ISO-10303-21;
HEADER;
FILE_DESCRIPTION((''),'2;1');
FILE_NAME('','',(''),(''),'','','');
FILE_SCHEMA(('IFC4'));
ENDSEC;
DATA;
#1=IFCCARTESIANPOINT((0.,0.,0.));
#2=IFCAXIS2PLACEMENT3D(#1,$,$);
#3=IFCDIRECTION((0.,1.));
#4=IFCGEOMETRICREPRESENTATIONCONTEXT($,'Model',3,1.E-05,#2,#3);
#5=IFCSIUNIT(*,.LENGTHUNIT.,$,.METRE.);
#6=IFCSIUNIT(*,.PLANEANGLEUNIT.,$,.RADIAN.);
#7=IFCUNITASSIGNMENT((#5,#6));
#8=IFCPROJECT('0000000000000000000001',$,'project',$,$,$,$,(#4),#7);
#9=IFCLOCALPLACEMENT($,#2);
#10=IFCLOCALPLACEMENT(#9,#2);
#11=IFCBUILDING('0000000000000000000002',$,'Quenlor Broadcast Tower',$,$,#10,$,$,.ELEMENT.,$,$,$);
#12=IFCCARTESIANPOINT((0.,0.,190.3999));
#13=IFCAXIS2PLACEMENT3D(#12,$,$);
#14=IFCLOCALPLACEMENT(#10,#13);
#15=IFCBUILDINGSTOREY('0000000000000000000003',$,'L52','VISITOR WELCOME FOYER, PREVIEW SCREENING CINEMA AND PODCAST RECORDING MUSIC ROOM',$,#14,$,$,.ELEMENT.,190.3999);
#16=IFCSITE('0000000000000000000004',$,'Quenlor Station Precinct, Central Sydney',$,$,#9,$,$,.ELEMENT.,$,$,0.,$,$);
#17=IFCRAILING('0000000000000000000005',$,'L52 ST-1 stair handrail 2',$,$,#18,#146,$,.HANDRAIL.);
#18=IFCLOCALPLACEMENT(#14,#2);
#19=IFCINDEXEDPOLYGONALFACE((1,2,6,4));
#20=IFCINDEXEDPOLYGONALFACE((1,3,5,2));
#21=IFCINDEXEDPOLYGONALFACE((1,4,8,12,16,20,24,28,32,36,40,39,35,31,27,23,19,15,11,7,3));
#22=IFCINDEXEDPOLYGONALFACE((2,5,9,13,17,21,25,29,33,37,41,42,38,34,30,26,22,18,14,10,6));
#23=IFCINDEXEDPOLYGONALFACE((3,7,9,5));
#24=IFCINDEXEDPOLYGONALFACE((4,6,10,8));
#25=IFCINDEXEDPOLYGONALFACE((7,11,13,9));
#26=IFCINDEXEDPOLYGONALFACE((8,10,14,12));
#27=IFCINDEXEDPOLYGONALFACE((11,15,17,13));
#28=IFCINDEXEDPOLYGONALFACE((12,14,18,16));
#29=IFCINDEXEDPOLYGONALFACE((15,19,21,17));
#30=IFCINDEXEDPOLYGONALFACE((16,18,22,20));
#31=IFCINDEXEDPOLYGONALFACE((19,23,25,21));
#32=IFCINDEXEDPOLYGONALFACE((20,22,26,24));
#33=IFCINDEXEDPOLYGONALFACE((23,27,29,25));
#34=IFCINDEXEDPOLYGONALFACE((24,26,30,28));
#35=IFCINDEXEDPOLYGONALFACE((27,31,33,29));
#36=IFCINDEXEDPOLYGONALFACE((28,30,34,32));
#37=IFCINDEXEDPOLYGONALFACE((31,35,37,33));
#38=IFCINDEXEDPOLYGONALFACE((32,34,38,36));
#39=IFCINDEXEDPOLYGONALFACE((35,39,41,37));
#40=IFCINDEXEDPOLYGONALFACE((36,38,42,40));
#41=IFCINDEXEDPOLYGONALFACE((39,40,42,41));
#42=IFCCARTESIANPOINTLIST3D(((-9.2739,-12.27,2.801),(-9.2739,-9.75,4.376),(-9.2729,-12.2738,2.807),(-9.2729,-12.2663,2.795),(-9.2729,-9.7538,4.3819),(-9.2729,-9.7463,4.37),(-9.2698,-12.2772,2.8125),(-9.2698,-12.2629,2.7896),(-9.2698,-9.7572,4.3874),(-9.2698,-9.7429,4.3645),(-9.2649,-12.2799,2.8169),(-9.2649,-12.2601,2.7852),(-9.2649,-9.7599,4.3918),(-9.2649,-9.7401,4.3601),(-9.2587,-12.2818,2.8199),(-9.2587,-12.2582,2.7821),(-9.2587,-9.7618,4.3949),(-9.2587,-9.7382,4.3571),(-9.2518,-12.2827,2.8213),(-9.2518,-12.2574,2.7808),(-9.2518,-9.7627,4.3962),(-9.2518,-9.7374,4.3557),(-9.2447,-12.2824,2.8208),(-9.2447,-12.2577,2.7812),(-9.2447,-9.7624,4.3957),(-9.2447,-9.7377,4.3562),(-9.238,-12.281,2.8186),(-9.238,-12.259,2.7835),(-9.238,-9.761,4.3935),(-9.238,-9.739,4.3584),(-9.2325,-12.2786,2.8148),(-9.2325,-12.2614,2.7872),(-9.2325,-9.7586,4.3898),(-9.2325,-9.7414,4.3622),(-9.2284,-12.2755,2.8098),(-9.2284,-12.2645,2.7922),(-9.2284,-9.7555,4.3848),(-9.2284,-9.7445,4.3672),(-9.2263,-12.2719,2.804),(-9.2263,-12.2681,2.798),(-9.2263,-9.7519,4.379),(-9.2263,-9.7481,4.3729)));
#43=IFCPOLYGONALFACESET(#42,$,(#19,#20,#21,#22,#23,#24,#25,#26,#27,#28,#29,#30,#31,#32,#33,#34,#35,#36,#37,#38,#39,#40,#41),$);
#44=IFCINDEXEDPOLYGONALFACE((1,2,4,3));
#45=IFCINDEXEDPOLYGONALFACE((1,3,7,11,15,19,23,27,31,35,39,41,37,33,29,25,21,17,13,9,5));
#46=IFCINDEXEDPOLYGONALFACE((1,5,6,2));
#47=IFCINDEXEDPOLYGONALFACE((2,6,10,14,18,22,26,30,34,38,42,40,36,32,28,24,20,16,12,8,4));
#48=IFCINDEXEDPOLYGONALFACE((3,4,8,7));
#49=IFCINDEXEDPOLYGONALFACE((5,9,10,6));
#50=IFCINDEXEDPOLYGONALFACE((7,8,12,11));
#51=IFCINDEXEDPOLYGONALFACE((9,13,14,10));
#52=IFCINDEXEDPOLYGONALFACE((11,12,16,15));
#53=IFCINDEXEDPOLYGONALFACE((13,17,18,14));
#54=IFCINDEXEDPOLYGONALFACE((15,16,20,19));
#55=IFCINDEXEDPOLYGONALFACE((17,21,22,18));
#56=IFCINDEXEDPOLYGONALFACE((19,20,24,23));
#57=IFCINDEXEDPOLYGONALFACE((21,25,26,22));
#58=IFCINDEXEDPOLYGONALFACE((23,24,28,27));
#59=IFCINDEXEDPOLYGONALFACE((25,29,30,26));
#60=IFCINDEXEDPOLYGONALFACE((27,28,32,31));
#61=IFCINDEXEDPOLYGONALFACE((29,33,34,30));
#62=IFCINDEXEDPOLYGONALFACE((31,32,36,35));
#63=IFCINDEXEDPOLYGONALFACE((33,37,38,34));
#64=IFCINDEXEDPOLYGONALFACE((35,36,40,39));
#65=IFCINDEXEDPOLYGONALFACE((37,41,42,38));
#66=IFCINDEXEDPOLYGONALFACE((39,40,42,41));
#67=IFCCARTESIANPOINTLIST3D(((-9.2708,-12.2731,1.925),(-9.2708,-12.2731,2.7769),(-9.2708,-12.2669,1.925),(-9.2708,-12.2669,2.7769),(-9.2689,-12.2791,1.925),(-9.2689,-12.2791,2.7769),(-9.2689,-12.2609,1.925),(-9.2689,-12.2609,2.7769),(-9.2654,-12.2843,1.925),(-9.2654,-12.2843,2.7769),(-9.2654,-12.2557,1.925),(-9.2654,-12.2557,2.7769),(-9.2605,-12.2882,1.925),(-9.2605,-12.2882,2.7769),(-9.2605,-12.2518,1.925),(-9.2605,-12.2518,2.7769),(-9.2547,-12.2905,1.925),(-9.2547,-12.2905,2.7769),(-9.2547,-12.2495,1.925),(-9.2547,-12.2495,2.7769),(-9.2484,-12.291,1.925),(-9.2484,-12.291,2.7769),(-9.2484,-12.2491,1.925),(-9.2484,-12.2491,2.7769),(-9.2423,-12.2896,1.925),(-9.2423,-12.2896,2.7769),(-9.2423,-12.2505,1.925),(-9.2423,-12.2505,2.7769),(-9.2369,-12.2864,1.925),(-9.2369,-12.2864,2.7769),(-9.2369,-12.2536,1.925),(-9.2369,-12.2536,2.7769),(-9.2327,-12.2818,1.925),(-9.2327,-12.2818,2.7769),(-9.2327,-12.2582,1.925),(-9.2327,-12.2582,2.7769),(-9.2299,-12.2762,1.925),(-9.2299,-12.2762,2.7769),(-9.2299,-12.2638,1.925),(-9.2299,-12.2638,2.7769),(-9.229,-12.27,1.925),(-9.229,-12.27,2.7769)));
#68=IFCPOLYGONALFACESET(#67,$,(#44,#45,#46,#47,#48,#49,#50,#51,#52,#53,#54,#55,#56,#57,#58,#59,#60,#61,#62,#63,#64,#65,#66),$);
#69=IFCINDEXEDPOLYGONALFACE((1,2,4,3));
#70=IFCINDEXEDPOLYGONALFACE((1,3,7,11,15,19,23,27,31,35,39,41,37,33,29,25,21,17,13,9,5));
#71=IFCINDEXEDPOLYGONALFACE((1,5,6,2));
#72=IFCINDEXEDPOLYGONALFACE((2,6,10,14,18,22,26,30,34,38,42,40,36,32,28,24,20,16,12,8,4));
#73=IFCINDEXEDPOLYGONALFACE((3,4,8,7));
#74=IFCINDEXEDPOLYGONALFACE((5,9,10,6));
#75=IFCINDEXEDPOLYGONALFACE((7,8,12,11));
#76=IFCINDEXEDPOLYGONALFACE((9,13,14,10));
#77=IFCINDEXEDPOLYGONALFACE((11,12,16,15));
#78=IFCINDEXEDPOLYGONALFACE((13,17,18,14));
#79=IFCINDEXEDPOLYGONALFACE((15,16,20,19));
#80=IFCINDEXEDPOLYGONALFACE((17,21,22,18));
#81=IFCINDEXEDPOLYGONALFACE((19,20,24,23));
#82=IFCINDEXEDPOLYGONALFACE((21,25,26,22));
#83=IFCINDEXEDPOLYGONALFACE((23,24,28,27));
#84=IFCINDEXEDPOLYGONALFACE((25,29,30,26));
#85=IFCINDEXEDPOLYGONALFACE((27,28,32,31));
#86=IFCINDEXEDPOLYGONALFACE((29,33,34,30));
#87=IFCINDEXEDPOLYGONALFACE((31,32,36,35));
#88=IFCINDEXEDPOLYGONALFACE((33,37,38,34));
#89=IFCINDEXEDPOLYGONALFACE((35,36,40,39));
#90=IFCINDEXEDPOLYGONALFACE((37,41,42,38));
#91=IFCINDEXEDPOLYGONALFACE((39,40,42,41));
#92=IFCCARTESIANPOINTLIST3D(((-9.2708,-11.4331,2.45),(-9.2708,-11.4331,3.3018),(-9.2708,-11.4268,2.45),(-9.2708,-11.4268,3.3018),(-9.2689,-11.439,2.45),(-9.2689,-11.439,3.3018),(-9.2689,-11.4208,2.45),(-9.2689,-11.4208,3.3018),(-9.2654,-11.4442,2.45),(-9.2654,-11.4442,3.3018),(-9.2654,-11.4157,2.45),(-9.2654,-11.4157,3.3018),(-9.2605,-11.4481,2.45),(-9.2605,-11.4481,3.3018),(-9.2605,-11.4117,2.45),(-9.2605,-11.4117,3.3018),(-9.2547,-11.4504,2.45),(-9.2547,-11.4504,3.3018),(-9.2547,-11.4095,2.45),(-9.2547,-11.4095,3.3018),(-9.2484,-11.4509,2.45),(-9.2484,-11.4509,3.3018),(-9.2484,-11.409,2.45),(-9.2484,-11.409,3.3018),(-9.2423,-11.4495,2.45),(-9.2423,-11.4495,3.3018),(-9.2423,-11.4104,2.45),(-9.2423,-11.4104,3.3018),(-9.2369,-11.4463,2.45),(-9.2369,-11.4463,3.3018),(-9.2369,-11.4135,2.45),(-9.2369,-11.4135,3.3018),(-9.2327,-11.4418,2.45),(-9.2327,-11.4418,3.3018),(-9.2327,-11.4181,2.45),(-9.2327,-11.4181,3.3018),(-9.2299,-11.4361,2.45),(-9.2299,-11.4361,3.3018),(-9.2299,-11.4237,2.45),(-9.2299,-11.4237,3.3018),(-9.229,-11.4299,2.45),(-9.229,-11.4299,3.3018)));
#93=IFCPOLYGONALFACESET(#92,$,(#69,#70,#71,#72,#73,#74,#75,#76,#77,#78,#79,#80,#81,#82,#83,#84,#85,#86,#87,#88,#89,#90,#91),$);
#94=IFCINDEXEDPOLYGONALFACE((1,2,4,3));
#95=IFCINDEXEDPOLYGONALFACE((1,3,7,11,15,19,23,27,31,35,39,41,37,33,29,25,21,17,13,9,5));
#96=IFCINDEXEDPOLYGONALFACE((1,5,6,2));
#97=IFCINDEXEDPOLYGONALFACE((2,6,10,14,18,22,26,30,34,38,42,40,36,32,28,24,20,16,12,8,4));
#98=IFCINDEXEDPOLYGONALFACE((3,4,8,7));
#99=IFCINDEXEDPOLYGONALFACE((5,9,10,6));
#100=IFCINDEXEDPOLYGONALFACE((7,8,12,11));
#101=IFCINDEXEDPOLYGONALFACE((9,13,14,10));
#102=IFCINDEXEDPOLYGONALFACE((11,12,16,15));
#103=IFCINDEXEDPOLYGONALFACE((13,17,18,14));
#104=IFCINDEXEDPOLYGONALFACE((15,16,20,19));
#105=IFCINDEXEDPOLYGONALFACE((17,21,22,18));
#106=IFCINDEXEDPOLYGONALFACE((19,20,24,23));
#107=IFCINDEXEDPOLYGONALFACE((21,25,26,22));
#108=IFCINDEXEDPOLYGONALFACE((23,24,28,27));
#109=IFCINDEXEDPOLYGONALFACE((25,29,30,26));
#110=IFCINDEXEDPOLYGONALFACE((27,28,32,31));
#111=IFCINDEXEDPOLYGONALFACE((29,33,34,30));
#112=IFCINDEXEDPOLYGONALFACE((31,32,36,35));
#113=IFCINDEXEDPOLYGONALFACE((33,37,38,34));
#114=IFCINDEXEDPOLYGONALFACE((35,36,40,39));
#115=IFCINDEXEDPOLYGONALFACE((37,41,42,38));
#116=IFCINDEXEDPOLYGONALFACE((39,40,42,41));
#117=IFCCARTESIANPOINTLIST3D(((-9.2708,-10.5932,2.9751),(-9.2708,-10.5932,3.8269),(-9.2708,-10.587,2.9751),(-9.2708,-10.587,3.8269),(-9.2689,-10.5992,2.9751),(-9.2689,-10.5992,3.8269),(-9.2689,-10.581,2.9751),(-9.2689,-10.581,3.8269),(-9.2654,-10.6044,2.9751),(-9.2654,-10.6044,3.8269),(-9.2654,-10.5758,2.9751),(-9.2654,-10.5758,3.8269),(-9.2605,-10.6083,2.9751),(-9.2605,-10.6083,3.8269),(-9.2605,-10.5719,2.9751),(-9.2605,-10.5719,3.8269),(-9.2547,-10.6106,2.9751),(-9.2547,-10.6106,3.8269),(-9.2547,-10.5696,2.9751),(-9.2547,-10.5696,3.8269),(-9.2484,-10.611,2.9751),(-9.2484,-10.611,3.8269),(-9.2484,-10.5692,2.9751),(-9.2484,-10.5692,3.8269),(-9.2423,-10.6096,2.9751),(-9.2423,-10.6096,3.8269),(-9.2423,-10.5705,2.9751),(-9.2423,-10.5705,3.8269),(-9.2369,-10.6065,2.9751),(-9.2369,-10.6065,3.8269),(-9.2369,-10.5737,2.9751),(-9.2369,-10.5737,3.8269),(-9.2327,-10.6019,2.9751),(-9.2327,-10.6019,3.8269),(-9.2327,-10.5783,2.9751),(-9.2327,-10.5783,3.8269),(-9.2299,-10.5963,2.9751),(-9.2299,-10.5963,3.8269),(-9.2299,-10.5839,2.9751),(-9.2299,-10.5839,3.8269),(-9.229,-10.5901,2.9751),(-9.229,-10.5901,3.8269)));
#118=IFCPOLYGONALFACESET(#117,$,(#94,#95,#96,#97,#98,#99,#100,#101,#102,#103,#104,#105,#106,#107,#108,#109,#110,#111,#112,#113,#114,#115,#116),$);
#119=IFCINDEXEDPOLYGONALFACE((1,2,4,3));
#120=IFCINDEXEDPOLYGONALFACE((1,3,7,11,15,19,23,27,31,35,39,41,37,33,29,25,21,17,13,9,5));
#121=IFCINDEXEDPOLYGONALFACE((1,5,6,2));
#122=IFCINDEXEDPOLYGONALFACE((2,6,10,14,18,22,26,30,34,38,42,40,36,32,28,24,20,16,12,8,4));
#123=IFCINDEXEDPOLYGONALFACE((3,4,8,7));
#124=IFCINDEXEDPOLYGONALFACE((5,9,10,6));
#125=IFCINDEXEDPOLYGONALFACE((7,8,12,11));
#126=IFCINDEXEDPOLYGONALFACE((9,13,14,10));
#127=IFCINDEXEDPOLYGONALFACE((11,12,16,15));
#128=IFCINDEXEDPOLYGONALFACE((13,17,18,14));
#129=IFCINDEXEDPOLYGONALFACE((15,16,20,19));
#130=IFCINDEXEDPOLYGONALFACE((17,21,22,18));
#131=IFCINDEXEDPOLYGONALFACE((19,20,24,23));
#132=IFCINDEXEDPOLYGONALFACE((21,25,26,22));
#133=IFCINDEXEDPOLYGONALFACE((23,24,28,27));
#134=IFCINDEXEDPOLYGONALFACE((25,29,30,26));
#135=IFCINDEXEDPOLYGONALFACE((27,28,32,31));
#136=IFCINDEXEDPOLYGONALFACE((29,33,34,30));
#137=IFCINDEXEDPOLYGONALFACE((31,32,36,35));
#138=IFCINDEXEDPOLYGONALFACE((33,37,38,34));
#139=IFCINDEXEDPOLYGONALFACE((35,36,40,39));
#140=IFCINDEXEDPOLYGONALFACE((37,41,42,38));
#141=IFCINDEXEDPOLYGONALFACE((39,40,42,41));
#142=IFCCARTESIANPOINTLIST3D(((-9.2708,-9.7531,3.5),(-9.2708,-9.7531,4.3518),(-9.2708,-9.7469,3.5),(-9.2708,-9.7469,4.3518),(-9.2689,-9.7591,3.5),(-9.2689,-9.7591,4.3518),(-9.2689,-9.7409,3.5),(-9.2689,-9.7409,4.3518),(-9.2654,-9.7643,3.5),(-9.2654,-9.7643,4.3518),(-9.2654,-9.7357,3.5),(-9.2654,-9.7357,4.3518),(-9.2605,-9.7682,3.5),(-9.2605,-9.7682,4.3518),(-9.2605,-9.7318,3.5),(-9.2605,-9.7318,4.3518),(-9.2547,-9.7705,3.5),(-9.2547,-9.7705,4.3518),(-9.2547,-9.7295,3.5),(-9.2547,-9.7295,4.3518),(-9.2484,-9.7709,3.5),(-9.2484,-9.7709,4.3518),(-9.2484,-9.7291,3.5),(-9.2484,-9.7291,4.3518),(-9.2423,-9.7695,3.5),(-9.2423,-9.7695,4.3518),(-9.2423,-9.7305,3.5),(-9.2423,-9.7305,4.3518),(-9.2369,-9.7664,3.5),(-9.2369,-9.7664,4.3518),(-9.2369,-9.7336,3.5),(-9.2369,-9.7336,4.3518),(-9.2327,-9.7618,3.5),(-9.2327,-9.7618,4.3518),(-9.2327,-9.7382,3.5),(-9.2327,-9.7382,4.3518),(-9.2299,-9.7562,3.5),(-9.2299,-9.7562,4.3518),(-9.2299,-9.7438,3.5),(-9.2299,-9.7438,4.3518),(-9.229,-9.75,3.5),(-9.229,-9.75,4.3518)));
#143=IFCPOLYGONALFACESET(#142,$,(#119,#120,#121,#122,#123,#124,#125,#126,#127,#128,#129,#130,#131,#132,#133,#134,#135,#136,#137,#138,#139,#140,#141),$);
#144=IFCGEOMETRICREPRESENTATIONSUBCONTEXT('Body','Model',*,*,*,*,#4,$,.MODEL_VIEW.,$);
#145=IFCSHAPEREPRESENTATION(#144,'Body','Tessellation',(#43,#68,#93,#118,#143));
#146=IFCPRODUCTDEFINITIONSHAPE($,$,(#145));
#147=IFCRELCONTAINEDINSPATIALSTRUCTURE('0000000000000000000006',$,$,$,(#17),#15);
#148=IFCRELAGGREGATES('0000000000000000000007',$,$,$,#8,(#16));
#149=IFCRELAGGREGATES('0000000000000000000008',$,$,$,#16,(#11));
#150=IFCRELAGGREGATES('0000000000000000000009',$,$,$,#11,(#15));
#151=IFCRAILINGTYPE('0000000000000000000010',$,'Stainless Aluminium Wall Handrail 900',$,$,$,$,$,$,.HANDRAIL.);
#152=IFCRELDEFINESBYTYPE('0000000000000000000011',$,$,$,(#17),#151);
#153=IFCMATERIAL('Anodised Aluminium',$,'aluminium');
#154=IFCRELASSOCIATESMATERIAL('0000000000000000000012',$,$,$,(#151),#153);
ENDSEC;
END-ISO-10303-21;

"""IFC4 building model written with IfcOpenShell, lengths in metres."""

from ifc_helpers import new_model, si_unit, direction, frame, origin, origin_2d, place, context, subcontext, project, spatial, circle, extrude, material, type_object, element, save


model = new_model("IFC4")

# Units and contexts
model_context = context("Model", 3, precision=1e-05, world=origin(), true_north=direction((0.0, 1.0)))
body_context = subcontext(model_context, "Body", "Model", "MODEL_VIEW")
ifc_project = project(units=[si_unit("LENGTHUNIT", "METRE"), si_unit("PLANEANGLEUNIT", "RADIAN")], contexts=[model_context])

# Site, building, storey
site_placement = place(None, origin())
site = spatial("IfcSite", under=ifc_project, at=site_placement, Name="Quenlor Station Precinct, Central Sydney", CompositionType="ELEMENT", RefElevation=0.0)
building_placement = place(site_placement, origin())
building = spatial("IfcBuilding", under=site, at=building_placement, Name="Quenlor Broadcast Tower", CompositionType="ELEMENT")
storey_placement = place(building_placement, frame((0.0, 0.0, 190.3999)))
storey = spatial("IfcBuildingStorey", under=building, at=storey_placement, Name="L52", Description="VISITOR WELCOME FOYER, PREVIEW SCREENING CINEMA AND PODCAST RECORDING MUSIC ROOM", CompositionType="ELEMENT", Elevation=190.3999)

# Railing
ifc_material_1 = material(Name="Anodised Aluminium", Category="aluminium")
railing_type_1 = type_object("IfcRailingType", Name="Stainless Aluminium Wall Handrail 900", PredefinedType="HANDRAIL", material=ifc_material_1)
railing_1_placement = place(storey_placement, frame((-9.25, -12.27, 1.925)))
element("IfcRailing", 1, at=railing_1_placement, inside=storey, type_object=railing_type_1, Name="L52 ST-1 stair handrail 2", PredefinedType="HANDRAIL", context=body_context, shape_type="SweptSolid", body=[
    extrude(circle(Radius=0.0239, at=origin_2d()), frame((0.0, 0.0, 0.876), z_axis=(0.0, 0.848008, 0.529984), x_axis=(-1.0, 0.0, 0.0)), (0.0, 0.0, 1.0), 2.9717),
    extrude(circle(Radius=0.021, at=origin_2d()), origin(), (0.0, 0.0, 1.0), 0.8518),
    extrude(circle(Radius=0.021, at=origin_2d()), frame((0.0, 0.8401, 0.5249)), (0.0, 0.0, 1.0), 0.8518),
    extrude(circle(Radius=0.021, at=origin_2d()), frame((0.0, 1.6799, 1.05)), (0.0, 0.0, 1.0), 0.8518),
    extrude(circle(Radius=0.021, at=origin_2d()), frame((0.0, 2.52, 1.575)), (0.0, 0.0, 1.0), 0.8518),
])

save(model, "model.ifc")
